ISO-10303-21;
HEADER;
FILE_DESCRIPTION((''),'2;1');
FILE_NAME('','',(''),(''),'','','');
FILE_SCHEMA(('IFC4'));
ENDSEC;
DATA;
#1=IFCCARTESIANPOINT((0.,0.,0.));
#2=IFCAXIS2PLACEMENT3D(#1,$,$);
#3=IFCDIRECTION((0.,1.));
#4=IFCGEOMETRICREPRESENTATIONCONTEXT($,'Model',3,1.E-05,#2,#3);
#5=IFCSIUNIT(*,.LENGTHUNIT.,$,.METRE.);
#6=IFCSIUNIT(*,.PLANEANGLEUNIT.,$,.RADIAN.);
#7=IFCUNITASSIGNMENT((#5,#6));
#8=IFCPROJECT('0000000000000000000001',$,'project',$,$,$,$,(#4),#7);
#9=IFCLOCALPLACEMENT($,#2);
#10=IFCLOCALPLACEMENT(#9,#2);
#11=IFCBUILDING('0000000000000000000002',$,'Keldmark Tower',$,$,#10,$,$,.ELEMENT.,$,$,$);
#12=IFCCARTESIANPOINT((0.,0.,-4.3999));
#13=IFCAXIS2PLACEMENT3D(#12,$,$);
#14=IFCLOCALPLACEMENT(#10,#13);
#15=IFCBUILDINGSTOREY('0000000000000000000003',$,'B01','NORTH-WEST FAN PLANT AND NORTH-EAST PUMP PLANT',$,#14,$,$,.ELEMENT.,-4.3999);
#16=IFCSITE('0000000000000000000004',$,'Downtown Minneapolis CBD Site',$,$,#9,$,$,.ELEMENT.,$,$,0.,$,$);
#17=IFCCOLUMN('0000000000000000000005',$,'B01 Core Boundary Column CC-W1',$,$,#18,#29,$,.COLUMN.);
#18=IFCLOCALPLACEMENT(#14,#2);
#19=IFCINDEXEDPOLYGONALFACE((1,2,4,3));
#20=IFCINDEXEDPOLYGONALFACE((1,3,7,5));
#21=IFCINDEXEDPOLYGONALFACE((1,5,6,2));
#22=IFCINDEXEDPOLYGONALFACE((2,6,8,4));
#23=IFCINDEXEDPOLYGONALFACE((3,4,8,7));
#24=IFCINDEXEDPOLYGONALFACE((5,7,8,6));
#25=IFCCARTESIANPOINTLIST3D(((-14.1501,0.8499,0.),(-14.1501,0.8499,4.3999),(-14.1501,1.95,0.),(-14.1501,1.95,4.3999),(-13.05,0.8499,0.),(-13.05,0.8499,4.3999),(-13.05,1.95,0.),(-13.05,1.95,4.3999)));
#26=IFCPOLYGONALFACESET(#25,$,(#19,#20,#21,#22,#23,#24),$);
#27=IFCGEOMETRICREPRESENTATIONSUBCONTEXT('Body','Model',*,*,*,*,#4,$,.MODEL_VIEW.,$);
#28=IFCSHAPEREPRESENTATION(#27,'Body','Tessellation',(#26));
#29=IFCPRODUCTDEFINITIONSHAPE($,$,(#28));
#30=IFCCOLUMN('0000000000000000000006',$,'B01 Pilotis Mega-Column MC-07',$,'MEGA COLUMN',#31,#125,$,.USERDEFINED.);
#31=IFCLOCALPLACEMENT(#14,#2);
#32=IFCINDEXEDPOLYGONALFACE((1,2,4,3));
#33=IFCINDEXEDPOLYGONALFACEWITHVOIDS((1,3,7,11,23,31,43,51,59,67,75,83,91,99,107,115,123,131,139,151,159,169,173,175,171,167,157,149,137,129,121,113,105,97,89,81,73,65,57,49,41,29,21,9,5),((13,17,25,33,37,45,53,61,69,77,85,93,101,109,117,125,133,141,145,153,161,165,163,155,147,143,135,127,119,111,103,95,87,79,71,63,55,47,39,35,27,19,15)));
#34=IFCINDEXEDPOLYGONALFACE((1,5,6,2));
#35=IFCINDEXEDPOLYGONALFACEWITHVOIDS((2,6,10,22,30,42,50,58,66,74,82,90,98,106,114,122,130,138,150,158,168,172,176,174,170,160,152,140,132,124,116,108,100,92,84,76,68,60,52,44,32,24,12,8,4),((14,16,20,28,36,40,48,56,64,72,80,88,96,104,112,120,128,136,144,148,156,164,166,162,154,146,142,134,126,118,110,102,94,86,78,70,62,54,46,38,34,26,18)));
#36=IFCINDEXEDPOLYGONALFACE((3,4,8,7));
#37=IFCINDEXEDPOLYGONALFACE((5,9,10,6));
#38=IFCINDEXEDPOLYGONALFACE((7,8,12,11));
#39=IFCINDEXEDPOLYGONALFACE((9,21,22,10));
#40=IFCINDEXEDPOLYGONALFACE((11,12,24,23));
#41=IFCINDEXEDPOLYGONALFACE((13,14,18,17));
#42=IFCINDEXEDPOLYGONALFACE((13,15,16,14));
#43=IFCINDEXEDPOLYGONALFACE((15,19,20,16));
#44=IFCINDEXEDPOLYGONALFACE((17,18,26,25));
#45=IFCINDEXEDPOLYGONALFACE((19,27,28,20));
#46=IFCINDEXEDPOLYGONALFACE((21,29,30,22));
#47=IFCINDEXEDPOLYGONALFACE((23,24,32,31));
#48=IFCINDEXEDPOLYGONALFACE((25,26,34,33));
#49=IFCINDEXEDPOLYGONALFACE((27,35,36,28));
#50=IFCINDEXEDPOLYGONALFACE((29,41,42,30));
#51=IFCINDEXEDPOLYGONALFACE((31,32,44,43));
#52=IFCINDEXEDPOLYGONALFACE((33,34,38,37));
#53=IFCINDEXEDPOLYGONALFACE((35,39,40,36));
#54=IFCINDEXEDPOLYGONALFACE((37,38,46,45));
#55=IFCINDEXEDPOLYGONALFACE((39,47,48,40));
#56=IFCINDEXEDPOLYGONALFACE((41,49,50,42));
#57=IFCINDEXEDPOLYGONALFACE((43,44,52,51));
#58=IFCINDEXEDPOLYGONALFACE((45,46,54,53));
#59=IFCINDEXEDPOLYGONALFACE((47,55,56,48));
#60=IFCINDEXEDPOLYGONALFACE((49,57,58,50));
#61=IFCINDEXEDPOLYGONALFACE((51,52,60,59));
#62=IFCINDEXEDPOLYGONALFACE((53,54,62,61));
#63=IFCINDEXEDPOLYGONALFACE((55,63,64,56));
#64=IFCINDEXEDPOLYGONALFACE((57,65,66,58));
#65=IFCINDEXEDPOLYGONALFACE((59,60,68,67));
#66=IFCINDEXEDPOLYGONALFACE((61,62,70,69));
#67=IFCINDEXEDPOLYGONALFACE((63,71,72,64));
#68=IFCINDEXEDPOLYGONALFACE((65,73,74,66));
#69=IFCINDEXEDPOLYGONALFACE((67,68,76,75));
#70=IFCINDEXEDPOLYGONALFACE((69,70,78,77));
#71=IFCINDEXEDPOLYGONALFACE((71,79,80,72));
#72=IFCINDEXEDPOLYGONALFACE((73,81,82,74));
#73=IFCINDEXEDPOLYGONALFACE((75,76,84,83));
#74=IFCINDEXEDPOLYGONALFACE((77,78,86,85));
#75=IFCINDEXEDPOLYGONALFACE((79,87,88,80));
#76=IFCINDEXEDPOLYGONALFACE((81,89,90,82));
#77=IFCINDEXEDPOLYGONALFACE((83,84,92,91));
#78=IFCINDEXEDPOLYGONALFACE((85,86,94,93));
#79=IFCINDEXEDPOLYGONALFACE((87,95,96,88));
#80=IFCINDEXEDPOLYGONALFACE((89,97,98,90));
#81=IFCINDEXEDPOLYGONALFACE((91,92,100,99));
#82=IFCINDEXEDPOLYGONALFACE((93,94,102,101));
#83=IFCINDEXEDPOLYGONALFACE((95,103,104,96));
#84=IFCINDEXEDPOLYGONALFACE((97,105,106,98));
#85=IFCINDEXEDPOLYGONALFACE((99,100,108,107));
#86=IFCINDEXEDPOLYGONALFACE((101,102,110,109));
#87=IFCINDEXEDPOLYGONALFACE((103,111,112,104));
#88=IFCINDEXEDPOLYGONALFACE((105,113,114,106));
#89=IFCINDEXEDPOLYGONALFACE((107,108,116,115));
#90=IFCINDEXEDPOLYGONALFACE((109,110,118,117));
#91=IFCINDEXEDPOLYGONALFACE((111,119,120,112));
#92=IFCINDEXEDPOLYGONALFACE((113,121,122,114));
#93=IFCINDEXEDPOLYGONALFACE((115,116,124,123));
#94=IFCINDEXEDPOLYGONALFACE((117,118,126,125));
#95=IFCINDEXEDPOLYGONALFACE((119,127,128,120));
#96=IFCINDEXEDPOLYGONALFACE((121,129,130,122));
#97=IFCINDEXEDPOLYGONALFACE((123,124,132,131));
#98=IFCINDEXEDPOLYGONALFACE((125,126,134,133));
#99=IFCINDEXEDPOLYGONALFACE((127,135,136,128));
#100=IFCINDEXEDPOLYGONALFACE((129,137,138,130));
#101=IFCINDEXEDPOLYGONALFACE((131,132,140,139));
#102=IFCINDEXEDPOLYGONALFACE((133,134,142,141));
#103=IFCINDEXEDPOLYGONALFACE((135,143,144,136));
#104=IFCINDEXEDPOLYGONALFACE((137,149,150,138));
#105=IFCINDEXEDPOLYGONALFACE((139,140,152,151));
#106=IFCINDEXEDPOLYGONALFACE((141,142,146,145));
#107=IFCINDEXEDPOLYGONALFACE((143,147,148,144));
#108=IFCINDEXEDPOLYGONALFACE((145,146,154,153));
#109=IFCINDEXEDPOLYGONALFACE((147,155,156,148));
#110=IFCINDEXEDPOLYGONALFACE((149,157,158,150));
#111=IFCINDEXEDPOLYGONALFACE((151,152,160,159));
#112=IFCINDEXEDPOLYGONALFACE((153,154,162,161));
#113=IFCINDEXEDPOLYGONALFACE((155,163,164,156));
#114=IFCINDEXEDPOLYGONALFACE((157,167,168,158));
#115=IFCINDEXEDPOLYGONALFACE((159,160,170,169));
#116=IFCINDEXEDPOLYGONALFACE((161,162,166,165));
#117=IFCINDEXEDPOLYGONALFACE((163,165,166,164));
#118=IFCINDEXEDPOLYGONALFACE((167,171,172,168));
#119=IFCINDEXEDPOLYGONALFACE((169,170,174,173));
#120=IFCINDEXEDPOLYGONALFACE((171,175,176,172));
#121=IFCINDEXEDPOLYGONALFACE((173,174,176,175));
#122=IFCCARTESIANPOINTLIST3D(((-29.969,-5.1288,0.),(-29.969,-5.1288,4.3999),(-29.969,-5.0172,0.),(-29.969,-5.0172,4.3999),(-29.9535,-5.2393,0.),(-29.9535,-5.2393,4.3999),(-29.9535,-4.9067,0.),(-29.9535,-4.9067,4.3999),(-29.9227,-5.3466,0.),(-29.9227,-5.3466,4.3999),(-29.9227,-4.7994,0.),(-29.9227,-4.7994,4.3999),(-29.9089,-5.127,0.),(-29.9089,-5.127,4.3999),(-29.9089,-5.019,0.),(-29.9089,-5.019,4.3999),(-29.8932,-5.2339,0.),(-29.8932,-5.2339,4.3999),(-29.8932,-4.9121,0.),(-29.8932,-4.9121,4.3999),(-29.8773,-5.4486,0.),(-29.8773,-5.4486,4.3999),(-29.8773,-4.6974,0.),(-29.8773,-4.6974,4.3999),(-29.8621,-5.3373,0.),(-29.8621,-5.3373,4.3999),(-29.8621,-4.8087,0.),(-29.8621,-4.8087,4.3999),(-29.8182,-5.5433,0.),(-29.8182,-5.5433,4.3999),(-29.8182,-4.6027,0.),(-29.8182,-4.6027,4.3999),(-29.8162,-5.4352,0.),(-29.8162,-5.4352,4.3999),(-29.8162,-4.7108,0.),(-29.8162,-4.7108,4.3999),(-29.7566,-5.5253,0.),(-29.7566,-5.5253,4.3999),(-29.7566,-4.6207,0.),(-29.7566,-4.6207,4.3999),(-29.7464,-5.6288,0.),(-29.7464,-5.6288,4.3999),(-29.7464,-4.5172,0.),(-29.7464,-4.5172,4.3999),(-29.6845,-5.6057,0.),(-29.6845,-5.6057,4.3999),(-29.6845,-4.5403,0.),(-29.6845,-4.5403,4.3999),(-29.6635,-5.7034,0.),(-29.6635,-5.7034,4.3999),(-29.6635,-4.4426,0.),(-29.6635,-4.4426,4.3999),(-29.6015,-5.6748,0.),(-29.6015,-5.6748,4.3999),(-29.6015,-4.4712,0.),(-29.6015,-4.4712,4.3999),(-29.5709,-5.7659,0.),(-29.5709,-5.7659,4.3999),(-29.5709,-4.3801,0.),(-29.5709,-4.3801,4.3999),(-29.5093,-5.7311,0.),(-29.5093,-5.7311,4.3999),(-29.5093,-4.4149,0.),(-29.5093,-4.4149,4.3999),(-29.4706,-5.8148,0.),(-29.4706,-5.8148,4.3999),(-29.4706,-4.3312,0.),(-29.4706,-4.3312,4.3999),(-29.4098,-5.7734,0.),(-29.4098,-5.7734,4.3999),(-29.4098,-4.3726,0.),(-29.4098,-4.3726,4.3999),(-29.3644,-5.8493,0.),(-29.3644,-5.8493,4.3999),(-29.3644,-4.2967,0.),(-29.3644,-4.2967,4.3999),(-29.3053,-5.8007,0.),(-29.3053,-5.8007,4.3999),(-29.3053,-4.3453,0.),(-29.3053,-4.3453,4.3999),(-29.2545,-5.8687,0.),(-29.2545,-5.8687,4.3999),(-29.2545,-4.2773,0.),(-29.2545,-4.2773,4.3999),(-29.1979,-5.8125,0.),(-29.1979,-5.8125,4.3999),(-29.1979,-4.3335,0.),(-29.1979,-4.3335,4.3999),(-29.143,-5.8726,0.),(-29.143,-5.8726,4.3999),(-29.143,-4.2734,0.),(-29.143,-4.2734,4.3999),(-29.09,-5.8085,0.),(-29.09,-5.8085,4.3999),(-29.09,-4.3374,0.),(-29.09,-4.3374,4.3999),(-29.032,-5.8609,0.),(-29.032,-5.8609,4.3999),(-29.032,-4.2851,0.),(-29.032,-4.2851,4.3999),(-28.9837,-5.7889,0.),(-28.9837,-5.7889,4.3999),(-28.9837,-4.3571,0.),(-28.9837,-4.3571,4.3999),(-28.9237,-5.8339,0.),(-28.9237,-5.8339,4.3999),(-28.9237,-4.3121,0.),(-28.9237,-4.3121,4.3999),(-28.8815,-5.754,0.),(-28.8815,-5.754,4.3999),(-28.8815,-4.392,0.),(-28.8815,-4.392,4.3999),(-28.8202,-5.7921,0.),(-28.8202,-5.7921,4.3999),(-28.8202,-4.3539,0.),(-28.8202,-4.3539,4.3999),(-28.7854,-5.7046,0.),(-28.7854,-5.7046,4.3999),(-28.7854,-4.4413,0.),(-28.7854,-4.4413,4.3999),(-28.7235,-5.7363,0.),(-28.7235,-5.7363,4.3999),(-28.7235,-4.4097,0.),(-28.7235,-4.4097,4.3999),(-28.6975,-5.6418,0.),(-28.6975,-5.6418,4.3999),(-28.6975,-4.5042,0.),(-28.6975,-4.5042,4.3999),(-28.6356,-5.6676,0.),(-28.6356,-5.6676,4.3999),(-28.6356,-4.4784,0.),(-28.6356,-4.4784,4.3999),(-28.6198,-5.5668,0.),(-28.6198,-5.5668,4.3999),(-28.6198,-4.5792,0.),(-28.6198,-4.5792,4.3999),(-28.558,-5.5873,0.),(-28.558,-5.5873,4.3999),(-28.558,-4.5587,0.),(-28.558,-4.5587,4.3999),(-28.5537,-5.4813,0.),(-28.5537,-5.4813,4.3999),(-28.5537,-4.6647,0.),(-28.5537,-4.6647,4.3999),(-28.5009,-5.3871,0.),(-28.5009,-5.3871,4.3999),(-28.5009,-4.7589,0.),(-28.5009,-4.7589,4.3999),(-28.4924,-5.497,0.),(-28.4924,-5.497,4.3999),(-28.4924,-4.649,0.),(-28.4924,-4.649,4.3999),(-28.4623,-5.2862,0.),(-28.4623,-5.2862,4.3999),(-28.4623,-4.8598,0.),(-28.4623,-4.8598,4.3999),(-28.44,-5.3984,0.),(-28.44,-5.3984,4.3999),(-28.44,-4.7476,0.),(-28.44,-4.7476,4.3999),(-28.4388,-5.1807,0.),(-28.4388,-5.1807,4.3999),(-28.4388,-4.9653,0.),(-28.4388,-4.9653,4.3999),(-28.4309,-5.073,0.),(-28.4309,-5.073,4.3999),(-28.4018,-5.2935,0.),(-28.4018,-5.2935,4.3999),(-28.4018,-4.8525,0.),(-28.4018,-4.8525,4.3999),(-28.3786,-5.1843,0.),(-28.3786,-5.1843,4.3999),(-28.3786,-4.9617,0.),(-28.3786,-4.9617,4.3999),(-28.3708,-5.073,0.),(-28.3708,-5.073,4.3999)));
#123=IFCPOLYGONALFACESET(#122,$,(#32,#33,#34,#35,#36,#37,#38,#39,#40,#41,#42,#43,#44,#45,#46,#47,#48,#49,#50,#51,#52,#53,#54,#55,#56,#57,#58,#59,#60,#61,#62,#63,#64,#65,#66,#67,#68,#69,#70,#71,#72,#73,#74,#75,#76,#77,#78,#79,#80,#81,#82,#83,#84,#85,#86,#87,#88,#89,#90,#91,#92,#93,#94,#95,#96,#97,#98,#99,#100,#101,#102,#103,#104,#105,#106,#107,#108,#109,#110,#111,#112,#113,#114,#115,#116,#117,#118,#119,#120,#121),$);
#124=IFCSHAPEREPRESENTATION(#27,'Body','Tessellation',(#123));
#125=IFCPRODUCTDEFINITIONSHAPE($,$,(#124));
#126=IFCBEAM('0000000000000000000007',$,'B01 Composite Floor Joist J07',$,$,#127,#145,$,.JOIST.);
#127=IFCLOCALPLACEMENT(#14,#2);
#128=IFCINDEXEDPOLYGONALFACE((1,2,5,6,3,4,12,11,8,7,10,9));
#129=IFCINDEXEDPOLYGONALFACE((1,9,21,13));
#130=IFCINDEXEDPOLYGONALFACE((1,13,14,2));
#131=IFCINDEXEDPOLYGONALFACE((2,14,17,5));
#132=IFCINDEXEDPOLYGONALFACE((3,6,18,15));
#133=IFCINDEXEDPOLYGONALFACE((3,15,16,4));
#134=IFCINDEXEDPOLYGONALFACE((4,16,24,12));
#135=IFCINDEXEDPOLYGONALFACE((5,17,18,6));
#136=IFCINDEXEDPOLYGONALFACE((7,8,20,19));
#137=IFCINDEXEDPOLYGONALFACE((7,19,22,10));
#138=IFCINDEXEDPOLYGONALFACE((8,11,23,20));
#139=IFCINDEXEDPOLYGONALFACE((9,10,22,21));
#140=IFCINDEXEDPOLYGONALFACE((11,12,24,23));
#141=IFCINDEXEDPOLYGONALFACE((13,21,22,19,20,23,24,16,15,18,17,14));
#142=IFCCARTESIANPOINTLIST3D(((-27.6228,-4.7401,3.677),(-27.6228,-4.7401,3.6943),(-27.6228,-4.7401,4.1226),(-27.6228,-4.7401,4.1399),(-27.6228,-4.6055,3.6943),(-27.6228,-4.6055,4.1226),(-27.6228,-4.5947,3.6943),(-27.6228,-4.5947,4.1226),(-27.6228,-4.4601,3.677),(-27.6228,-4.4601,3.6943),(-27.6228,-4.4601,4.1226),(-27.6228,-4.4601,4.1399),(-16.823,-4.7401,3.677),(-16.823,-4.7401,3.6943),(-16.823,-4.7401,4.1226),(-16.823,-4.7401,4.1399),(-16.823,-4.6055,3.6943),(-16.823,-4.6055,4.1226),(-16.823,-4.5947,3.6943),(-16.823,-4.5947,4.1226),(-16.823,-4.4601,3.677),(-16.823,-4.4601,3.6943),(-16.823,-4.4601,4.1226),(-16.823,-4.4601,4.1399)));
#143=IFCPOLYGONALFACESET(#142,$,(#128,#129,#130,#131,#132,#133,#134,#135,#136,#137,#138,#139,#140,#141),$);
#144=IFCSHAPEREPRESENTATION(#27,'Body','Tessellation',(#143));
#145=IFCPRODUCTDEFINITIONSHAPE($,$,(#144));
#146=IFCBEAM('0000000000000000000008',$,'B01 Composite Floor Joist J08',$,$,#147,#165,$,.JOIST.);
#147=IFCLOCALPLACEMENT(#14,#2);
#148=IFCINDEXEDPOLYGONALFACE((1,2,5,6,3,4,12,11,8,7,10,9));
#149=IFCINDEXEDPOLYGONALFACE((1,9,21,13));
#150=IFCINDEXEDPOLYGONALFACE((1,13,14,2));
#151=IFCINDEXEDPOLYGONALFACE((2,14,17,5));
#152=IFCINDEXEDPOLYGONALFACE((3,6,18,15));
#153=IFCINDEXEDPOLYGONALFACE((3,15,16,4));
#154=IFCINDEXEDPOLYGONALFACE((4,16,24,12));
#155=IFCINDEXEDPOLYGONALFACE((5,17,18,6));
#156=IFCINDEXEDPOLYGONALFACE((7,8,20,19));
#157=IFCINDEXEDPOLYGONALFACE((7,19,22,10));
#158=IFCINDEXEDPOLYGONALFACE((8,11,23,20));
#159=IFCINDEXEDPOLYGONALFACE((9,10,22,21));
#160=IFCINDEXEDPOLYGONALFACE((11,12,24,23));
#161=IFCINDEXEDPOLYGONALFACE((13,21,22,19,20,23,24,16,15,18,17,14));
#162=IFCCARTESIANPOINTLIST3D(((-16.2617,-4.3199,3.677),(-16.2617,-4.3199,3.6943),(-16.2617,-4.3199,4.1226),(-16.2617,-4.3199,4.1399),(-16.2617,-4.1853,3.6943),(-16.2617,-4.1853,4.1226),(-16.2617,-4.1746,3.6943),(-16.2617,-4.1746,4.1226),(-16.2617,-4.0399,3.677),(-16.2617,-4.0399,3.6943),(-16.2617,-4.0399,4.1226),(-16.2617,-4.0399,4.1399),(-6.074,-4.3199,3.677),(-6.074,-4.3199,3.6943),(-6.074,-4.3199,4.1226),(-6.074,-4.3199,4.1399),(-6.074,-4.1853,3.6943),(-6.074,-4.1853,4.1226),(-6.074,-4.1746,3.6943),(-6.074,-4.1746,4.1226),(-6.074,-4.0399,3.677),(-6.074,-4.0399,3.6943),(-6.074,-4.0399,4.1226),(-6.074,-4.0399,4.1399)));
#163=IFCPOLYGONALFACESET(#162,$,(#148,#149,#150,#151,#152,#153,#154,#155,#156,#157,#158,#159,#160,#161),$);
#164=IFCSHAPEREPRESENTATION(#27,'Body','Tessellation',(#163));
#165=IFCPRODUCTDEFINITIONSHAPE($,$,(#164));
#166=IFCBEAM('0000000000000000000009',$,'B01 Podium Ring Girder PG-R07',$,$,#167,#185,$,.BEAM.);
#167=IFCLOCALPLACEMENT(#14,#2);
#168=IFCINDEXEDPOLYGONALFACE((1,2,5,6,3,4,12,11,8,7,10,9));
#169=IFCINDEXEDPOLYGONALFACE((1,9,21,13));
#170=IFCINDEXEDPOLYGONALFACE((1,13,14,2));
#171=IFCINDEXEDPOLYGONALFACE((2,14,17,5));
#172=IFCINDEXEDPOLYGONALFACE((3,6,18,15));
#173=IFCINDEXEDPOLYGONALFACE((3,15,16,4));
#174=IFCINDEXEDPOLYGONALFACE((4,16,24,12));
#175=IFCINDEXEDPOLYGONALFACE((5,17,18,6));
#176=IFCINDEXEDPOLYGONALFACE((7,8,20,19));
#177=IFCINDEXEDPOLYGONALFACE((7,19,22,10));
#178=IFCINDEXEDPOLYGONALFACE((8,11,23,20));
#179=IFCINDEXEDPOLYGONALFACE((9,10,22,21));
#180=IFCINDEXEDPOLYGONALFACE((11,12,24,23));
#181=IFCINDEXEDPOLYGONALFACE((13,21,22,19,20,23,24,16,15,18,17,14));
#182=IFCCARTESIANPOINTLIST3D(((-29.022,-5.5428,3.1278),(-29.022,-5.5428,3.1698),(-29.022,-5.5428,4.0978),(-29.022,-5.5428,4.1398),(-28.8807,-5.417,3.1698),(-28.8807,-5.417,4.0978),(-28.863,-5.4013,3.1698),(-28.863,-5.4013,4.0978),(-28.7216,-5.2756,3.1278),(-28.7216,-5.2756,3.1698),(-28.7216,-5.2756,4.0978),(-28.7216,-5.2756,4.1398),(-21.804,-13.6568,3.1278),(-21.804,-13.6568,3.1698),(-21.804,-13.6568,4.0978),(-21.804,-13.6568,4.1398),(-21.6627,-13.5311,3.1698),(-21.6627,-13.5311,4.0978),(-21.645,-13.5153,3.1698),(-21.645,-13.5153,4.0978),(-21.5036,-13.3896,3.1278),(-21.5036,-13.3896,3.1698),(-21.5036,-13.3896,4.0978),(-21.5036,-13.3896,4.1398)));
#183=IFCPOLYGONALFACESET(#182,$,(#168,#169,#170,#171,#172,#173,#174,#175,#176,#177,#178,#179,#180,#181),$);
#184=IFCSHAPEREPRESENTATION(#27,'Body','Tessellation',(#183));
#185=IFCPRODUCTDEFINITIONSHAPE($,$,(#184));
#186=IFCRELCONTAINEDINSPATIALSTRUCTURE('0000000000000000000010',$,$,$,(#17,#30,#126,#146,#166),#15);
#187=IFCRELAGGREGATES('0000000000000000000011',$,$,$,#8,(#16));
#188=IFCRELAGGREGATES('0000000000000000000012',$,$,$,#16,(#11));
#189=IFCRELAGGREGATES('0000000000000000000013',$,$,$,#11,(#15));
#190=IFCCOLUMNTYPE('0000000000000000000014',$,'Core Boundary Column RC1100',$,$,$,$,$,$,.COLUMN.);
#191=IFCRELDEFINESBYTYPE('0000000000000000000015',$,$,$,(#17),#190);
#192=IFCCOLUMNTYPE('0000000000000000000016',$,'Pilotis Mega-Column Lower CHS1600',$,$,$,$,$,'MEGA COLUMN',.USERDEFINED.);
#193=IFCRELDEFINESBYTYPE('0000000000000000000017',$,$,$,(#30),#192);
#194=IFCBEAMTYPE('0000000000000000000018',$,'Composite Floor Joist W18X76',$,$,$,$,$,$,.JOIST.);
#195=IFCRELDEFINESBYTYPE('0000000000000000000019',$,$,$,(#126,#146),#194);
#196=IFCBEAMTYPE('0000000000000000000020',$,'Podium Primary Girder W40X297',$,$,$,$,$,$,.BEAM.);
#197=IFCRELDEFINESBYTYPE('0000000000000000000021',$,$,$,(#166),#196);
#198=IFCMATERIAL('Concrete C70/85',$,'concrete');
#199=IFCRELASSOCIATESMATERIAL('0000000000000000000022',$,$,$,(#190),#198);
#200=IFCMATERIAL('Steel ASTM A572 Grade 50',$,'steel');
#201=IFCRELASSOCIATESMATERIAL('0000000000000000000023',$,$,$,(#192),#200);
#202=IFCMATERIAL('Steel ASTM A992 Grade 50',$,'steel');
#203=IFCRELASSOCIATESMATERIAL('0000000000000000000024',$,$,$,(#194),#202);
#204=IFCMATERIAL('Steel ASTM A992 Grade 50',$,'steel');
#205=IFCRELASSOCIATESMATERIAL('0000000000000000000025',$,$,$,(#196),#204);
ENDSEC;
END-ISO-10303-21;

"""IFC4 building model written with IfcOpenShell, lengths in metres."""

from ifc_helpers import new_model, si_unit, direction, frame, origin, origin_2d, place, context, subcontext, project, spatial, rectangle, hollow_circle, i_section, extrude, material, material_profile, profile_set, type_object, element, save


model = new_model("IFC4")

# Units and contexts
model_context = context("Model", 3, precision=1e-05, world=origin(), true_north=direction((0.0, 1.0)))
body_context = subcontext(model_context, "Body", "Model", "MODEL_VIEW")
ifc_project = project(units=[si_unit("LENGTHUNIT", "METRE"), si_unit("PLANEANGLEUNIT", "RADIAN")], contexts=[model_context])

# Site, building, storey
site_placement = place(None, origin())
site = spatial("IfcSite", under=ifc_project, at=site_placement, Name="Downtown Minneapolis CBD Site", CompositionType="ELEMENT", RefElevation=0.0)
building_placement = place(site_placement, origin())
building = spatial("IfcBuilding", under=site, at=building_placement, Name="Keldmark Tower", CompositionType="ELEMENT")
storey_placement = place(building_placement, frame((0.0, 0.0, -4.3999)))
storey = spatial("IfcBuildingStorey", under=building, at=storey_placement, Name="B01", Description="NORTH-WEST FAN PLANT AND NORTH-EAST PUMP PLANT", CompositionType="ELEMENT", Elevation=-4.3999)

# Columns
ifc_material_1 = material(Name="Concrete C70/85", Category="concrete")
ifc_material_profile_1 = material_profile(ifc_material_1, rectangle(XDim=1.1001, YDim=1.1001, at=origin_2d()), Name="RC1100X1100")
ifc_profile_set_1 = profile_set([ifc_material_profile_1], Name="Concrete C70/85")
column_type_1 = type_object("IfcColumnType", Name="Core Boundary Column RC1100", PredefinedType="COLUMN", material=ifc_profile_set_1)
column_1_placement = place(storey_placement, frame((-13.6001, 1.3999, 0.0), z_axis=(0.0, 0.0, 1.0), x_axis=(1.0, 0.0, 0.0)))
element("IfcColumn", 1, at=column_1_placement, inside=storey, type_object=column_type_1, Name="B01 Core Boundary Column CC-W1", PredefinedType="COLUMN", context=body_context, shape_type="SweptSolid", body=[
    extrude(rectangle(XDim=1.1001, YDim=1.1001, at=origin_2d()), origin(), (0.0, 0.0, 1.0), 4.3999),
])
ifc_material_2 = material(Name="Steel ASTM A572 Grade 50", Category="steel")
ifc_material_profile_2 = material_profile(ifc_material_2, hollow_circle(Radius=0.8, WallThickness=0.0601, at=origin_2d()), Name="CHS1600X60")
ifc_profile_set_2 = profile_set([ifc_material_profile_2], Name="Steel ASTM A572 Grade 50")
column_type_2 = type_object("IfcColumnType", Name="Pilotis Mega-Column Lower CHS1600", ElementType="MEGA COLUMN", PredefinedType="USERDEFINED", material=ifc_profile_set_2)
column_2_placement = place(storey_placement, frame((-29.1709, -5.073, 0.0), z_axis=(0.0, 0.0, 1.0), x_axis=(1.0, 0.0, 0.0)))
element("IfcColumn", 2, at=column_2_placement, inside=storey, type_object=column_type_2, Name="B01 Pilotis Mega-Column MC-07", ObjectType="MEGA COLUMN", PredefinedType="USERDEFINED", context=body_context, shape_type="SweptSolid", body=[
    extrude(hollow_circle(Radius=0.8, WallThickness=0.0601, at=origin_2d()), origin(), (0.0, 0.0, 1.0), 4.3999),
])

# Beams
ifc_material_3 = material(Name="Steel ASTM A992 Grade 50", Category="steel")
ifc_material_profile_3 = material_profile(ifc_material_3, i_section(OverallWidth=0.28, OverallDepth=0.4629, WebThickness=0.0107, FlangeThickness=0.0173, at=origin_2d()), Name="W18X76")
ifc_profile_set_3 = profile_set([ifc_material_profile_3], Name="Steel ASTM A992 Grade 50")
beam_type_1 = type_object("IfcBeamType", Name="Composite Floor Joist W18X76", PredefinedType="JOIST", material=ifc_profile_set_3)
beam_1_placement = place(storey_placement, frame((-27.6228, -4.6001, 3.9084), z_axis=(1.0, 0.0, 0.0), x_axis=(0.0, 1.0, 0.0)))
element("IfcBeam", 3, at=beam_1_placement, inside=storey, type_object=beam_type_1, Name="B01 Composite Floor Joist J07", PredefinedType="JOIST", context=body_context, shape_type="SweptSolid", body=[
    extrude(i_section(OverallWidth=0.28, OverallDepth=0.4629, WebThickness=0.0107, FlangeThickness=0.0173, at=origin_2d()), origin(), (0.0, 0.0, 1.0), 10.7998),
])
beam_2_placement = place(storey_placement, frame((-16.2617, -4.1799, 3.9084), z_axis=(1.0, 0.0, 0.0), x_axis=(0.0, 1.0, 0.0)))
element("IfcBeam", 4, at=beam_2_placement, inside=storey, type_object=beam_type_1, Name="B01 Composite Floor Joist J08", PredefinedType="JOIST", context=body_context, shape_type="SweptSolid", body=[
    extrude(i_section(OverallWidth=0.28, OverallDepth=0.4629, WebThickness=0.0107, FlangeThickness=0.0173, at=origin_2d()), origin(), (0.0, 0.0, 1.0), 10.1877),
])
ifc_material_4 = material(Name="Steel ASTM A992 Grade 50", Category="steel")
ifc_material_profile_4 = material_profile(ifc_material_4, i_section(OverallWidth=0.4021, OverallDepth=1.012, WebThickness=0.0237, FlangeThickness=0.042, at=origin_2d()), Name="W40X297")
ifc_profile_set_4 = profile_set([ifc_material_profile_4], Name="Steel ASTM A992 Grade 50")
beam_type_2 = type_object("IfcBeamType", Name="Podium Primary Girder W40X297", PredefinedType="BEAM", material=ifc_profile_set_4)
beam_3_placement = place(storey_placement, frame((-28.8718, -5.4092, 3.6338), z_axis=(0.66465, -0.747155, 0.0), x_axis=(0.747155, 0.66465, 0.0)))
element("IfcBeam", 5, at=beam_3_placement, inside=storey, type_object=beam_type_2, Name="B01 Podium Ring Girder PG-R07", PredefinedType="BEAM", context=body_context, shape_type="SweptSolid", body=[
    extrude(i_section(OverallWidth=0.4021, OverallDepth=1.012, WebThickness=0.0237, FlangeThickness=0.042, at=origin_2d()), origin(), (0.0, 0.0, 1.0), 10.8599),
])

save(model, "model.ifc")
